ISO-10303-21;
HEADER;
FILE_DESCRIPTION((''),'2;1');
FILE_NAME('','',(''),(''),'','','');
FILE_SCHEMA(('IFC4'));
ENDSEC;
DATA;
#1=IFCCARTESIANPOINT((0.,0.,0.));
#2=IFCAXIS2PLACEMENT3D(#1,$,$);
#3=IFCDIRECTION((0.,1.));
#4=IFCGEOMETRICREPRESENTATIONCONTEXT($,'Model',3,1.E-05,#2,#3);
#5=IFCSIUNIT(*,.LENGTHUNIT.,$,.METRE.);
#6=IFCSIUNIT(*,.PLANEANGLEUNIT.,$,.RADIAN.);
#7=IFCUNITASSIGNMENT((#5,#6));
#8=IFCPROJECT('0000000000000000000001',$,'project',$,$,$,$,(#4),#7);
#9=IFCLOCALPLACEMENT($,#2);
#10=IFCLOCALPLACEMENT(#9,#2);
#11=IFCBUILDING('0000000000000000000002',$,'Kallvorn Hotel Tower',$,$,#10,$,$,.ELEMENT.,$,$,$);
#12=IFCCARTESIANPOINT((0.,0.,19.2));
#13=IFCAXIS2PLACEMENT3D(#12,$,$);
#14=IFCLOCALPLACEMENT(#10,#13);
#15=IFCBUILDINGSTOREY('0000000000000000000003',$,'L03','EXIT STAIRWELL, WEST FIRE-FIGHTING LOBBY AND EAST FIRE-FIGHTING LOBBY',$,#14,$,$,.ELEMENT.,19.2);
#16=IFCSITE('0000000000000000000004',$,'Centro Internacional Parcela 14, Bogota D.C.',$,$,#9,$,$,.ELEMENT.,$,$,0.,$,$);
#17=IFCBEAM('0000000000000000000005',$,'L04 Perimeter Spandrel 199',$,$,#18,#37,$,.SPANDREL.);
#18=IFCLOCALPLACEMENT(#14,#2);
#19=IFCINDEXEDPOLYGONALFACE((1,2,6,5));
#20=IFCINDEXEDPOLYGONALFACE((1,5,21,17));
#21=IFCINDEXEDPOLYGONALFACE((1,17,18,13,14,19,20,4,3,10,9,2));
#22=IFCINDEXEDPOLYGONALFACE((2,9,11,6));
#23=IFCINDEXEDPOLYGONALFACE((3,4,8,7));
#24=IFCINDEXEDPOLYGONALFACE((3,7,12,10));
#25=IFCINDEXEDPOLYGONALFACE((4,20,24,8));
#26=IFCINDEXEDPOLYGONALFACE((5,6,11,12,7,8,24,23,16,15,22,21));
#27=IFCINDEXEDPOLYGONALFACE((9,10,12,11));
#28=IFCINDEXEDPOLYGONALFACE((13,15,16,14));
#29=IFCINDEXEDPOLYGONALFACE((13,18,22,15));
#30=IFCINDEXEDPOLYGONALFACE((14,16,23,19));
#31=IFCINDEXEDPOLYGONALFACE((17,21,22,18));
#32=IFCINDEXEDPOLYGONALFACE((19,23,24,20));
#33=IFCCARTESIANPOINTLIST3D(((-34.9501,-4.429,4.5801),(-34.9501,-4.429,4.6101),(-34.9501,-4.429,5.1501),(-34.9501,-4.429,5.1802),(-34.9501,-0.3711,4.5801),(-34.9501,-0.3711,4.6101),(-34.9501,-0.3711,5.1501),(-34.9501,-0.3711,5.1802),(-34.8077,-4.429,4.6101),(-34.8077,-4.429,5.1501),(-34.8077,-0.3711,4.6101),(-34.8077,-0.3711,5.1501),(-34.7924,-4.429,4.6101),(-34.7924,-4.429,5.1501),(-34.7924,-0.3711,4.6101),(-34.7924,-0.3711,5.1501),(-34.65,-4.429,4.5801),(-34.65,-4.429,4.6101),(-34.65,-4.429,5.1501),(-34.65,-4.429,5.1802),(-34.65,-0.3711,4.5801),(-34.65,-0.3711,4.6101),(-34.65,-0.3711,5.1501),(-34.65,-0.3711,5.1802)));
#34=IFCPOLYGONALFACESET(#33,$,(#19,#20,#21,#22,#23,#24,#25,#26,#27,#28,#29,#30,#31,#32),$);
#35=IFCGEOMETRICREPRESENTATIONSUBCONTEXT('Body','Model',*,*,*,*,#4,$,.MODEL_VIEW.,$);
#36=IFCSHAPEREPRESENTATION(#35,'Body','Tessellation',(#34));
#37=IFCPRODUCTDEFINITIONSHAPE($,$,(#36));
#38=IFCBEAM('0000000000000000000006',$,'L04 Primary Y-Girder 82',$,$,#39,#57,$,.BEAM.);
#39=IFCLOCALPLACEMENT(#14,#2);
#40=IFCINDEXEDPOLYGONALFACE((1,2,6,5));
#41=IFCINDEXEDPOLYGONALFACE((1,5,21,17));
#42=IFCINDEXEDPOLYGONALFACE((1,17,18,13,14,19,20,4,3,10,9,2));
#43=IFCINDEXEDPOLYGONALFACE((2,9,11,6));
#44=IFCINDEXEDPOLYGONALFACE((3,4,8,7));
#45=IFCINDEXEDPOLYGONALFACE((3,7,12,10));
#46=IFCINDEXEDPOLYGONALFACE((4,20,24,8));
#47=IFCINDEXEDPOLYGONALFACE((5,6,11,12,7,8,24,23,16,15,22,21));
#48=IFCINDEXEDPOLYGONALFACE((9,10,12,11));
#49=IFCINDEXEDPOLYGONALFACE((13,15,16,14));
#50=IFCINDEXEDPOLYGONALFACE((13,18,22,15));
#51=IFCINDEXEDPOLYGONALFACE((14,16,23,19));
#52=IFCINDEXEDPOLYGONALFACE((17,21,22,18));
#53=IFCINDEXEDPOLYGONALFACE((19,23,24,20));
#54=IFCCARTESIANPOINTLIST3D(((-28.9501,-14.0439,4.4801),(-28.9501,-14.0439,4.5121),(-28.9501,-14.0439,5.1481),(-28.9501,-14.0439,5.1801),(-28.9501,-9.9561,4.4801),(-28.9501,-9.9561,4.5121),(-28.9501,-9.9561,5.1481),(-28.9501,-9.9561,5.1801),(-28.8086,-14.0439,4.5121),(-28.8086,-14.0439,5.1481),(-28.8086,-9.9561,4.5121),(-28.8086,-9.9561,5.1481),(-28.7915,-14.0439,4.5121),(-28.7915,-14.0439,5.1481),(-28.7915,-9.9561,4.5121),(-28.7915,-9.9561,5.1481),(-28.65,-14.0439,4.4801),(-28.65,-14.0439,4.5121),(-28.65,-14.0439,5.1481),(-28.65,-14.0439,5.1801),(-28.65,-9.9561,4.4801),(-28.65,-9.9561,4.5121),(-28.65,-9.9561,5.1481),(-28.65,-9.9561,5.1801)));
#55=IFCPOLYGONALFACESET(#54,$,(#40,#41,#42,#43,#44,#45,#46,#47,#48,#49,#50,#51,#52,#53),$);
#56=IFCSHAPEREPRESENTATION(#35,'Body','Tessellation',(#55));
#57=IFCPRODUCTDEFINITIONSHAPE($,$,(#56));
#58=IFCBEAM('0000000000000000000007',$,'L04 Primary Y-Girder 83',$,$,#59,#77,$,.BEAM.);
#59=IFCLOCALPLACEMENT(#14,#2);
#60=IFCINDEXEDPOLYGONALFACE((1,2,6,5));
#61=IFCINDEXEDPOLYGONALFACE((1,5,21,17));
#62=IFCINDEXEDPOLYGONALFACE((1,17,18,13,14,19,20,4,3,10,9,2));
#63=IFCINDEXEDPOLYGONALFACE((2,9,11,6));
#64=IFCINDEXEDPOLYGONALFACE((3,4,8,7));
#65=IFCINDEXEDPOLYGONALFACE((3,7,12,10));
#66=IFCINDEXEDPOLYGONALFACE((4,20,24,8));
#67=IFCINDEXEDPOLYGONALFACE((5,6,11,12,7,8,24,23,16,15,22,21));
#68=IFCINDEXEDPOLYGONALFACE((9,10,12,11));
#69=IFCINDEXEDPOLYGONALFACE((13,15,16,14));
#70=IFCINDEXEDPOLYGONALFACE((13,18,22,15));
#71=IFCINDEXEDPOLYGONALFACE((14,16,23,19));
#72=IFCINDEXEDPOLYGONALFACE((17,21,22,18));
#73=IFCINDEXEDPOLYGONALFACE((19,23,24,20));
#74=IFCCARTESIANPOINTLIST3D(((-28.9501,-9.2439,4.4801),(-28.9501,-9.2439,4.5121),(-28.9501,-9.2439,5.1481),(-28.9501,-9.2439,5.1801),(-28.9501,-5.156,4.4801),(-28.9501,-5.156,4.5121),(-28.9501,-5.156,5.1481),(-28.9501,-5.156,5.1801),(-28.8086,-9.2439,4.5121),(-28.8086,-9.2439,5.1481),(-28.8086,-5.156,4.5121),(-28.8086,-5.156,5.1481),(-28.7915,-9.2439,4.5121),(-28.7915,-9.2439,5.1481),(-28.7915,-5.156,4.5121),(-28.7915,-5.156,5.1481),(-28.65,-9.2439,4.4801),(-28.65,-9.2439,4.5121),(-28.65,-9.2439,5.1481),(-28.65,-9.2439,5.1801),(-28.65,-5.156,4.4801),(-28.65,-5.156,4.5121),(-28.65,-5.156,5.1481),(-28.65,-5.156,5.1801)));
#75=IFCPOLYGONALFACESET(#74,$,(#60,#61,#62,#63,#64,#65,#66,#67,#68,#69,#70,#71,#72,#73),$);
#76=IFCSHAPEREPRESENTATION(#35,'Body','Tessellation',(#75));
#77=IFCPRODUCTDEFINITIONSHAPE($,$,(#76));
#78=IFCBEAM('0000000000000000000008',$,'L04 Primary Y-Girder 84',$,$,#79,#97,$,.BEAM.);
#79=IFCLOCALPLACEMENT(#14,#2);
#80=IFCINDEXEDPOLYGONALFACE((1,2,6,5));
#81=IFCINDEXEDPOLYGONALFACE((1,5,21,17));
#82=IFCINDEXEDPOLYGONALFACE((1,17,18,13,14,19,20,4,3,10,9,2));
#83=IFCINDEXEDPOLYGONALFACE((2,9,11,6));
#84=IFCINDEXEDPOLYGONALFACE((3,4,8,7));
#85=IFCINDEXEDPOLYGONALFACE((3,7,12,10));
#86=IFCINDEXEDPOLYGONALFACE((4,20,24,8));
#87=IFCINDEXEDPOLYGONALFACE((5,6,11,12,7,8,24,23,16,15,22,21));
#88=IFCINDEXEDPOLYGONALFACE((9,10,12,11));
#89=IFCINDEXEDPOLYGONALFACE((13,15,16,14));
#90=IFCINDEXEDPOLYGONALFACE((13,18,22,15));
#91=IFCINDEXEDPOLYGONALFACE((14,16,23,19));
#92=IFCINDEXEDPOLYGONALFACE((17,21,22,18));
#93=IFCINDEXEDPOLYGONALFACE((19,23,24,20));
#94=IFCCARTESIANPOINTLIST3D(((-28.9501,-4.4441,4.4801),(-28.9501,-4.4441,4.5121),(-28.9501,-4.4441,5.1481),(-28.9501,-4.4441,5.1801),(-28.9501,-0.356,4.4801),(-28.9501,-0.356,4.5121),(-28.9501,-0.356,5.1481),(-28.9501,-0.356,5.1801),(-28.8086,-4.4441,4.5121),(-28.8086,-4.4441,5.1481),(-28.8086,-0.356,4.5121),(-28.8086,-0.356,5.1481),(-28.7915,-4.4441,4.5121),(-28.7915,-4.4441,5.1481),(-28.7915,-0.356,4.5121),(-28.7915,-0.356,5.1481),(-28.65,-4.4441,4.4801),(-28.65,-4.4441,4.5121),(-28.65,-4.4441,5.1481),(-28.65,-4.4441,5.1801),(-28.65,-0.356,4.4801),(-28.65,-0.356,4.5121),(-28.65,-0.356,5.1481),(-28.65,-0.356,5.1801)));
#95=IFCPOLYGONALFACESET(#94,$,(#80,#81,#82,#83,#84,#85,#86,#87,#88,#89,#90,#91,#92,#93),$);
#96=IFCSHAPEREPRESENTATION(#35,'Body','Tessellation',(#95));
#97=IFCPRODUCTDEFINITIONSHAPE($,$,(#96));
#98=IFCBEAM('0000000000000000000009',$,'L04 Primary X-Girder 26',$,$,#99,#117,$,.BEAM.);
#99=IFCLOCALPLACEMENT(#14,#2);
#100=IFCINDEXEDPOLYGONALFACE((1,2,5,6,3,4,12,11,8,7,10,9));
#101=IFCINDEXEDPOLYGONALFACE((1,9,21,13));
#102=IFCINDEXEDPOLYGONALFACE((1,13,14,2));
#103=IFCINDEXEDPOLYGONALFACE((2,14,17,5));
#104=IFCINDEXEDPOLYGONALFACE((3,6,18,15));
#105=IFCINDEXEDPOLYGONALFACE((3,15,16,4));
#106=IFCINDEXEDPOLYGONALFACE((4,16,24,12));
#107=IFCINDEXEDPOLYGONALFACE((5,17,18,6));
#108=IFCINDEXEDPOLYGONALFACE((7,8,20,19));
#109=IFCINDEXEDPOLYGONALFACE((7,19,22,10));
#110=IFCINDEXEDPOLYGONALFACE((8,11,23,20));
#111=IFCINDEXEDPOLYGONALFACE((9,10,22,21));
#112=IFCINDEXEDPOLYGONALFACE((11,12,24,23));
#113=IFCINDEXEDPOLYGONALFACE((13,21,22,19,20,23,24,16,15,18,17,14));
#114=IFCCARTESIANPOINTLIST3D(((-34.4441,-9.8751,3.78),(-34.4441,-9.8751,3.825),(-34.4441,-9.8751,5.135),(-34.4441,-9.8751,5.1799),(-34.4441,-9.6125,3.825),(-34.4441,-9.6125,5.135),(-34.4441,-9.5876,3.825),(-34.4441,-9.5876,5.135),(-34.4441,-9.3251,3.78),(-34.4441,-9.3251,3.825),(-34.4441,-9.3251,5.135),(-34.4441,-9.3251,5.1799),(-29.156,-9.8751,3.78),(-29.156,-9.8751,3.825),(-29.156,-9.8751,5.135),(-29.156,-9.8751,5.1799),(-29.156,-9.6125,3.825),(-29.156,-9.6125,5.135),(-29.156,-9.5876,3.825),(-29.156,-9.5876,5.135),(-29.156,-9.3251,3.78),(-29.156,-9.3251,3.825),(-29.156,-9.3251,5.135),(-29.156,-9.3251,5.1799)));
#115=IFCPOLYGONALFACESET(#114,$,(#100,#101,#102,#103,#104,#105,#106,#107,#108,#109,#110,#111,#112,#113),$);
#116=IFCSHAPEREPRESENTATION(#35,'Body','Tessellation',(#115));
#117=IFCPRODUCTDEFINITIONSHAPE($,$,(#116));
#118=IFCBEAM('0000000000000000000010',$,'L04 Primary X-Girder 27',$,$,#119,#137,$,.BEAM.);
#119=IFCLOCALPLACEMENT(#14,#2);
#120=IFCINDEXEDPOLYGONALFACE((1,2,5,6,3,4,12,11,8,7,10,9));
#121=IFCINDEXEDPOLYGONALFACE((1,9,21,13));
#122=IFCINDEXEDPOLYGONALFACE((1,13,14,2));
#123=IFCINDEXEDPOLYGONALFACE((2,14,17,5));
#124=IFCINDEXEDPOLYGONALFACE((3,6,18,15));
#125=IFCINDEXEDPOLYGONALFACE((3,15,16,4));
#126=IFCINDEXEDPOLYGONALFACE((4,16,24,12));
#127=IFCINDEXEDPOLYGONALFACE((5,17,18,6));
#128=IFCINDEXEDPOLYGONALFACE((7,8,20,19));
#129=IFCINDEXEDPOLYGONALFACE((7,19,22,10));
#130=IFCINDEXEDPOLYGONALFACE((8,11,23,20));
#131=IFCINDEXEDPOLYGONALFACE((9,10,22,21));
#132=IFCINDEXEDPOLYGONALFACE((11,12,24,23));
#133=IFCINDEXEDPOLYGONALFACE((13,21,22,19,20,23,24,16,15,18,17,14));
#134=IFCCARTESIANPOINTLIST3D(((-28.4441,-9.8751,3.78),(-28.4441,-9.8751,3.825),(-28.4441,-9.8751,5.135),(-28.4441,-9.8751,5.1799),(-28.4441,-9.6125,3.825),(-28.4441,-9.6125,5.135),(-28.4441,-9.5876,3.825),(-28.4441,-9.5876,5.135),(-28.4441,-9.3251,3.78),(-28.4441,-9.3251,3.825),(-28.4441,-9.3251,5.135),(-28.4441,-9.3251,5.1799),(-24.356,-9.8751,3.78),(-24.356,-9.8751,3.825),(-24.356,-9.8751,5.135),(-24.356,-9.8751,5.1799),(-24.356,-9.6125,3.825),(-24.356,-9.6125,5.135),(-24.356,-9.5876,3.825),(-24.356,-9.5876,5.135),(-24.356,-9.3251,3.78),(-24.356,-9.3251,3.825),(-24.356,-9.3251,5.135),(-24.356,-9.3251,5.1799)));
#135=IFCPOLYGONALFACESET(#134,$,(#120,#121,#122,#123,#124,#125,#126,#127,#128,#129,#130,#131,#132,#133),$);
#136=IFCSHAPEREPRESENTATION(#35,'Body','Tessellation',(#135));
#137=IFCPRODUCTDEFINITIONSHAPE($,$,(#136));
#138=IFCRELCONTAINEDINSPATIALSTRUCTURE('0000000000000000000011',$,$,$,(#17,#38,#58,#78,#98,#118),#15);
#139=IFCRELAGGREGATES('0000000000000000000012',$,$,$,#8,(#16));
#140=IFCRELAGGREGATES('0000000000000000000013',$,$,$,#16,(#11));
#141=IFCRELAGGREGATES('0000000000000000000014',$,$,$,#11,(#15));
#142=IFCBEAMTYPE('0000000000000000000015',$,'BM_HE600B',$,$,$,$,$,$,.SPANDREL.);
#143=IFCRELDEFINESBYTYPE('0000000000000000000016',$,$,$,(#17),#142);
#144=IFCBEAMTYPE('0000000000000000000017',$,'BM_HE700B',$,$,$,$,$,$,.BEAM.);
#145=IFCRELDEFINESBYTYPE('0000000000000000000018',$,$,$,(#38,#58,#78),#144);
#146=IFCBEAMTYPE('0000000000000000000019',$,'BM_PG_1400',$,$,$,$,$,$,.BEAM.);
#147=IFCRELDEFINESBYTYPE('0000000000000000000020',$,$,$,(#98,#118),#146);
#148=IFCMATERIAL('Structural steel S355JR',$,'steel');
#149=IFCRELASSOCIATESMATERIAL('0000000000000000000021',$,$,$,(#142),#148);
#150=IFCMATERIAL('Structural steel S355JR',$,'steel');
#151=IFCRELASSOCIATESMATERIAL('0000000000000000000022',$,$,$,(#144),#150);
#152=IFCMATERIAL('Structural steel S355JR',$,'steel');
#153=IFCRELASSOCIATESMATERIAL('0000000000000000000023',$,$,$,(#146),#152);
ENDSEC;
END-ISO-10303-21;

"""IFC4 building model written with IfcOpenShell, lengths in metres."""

from ifc_helpers import new_model, si_unit, direction, frame, origin, origin_2d, place, context, subcontext, project, spatial, i_section, extrude, material, material_profile, profile_set, type_object, element, save


model = new_model("IFC4")

# Units and contexts
model_context = context("Model", 3, precision=1e-05, world=origin(), true_north=direction((0.0, 1.0)))
body_context = subcontext(model_context, "Body", "Model", "MODEL_VIEW")
ifc_project = project(units=[si_unit("LENGTHUNIT", "METRE"), si_unit("PLANEANGLEUNIT", "RADIAN")], contexts=[model_context])

# Site, building, storey
site_placement = place(None, origin())
site = spatial("IfcSite", under=ifc_project, at=site_placement, Name="Centro Internacional Parcela 14, Bogota D.C.", CompositionType="ELEMENT", RefElevation=0.0)
building_placement = place(site_placement, origin())
building = spatial("IfcBuilding", under=site, at=building_placement, Name="Kallvorn Hotel Tower", CompositionType="ELEMENT")
storey_placement = place(building_placement, frame((0.0, 0.0, 19.2)))
storey = spatial("IfcBuildingStorey", under=building, at=storey_placement, Name="L03", Description="EXIT STAIRWELL, WEST FIRE-FIGHTING LOBBY AND EAST FIRE-FIGHTING LOBBY", CompositionType="ELEMENT", Elevation=19.2)

# Beams
ifc_material_1 = material(Name="Structural steel S355JR", Category="steel")
ifc_material_profile_1 = material_profile(ifc_material_1, i_section(OverallWidth=0.3, OverallDepth=0.6001, WebThickness=0.0154, FlangeThickness=0.03, at=origin_2d()), Name="HE 600 B")
ifc_profile_set_1 = profile_set([ifc_material_profile_1], Name="Structural steel S355JR")
beam_type_1 = type_object("IfcBeamType", Name="BM_HE600B", PredefinedType="SPANDREL", material=ifc_profile_set_1)
beam_1_placement = place(storey_placement, frame((-34.8, -4.429, 4.8801), z_axis=(0.0, 1.0, 0.0), x_axis=(-1.0, 0.0, 0.0)))
element("IfcBeam", 1, at=beam_1_placement, inside=storey, type_object=beam_type_1, Name="L04 Perimeter Spandrel 199", PredefinedType="SPANDREL", context=body_context, shape_type="SweptSolid", body=[
    extrude(i_section(OverallWidth=0.3, OverallDepth=0.6001, WebThickness=0.0154, FlangeThickness=0.03, at=origin_2d()), origin(), (0.0, 0.0, 1.0), 4.0579),
])
ifc_material_2 = material(Name="Structural steel S355JR", Category="steel")
ifc_material_profile_2 = material_profile(ifc_material_2, i_section(OverallWidth=0.3, OverallDepth=0.7, WebThickness=0.0171, FlangeThickness=0.032, at=origin_2d()), Name="HE 700 B")
ifc_profile_set_2 = profile_set([ifc_material_profile_2], Name="Structural steel S355JR")
beam_type_2 = type_object("IfcBeamType", Name="BM_HE700B", PredefinedType="BEAM", material=ifc_profile_set_2)
for number, where, z_axis, x_axis, name in (
    (2, (-28.8, -14.0439, 4.8301), (0.0, 1.0, 0.0), (-1.0, 0.0, 0.0), "L04 Primary Y-Girder 82"),
    (3, (-28.8, -9.2439, 4.8301), (0.0, 1.0, 0.0), (-1.0, 0.0, 0.0), "L04 Primary Y-Girder 83"),
):
    element("IfcBeam", number, at=place(storey_placement, frame(where, z_axis=z_axis, x_axis=x_axis)), inside=storey, type_object=beam_type_2, Name=name, PredefinedType="BEAM", context=body_context, shape_type="SweptSolid", body=[
        extrude(i_section(OverallWidth=0.3, OverallDepth=0.7, WebThickness=0.0171, FlangeThickness=0.032, at=origin_2d()), origin(), (0.0, 0.0, 1.0), 4.0879),
    ])
beam_2_placement = place(storey_placement, frame((-28.8, -4.4441, 4.8301), z_axis=(0.0, 1.0, 0.0), x_axis=(-1.0, 0.0, 0.0)))
element("IfcBeam", 4, at=beam_2_placement, inside=storey, type_object=beam_type_2, Name="L04 Primary Y-Girder 84", PredefinedType="BEAM", context=body_context, shape_type="SweptSolid", body=[
    extrude(i_section(OverallWidth=0.3, OverallDepth=0.7, WebThickness=0.0171, FlangeThickness=0.032, at=origin_2d()), origin(), (0.0, 0.0, 1.0), 4.0881),
])
ifc_material_3 = material(Name="Structural steel S355JR", Category="steel")
ifc_material_profile_3 = material_profile(ifc_material_3, i_section(OverallWidth=0.55, OverallDepth=1.3999, WebThickness=0.0249, FlangeThickness=0.0449, at=origin_2d()), Name="PG 1400x550x25x45")
ifc_profile_set_3 = profile_set([ifc_material_profile_3], Name="Structural steel S355JR")
beam_type_3 = type_object("IfcBeamType", Name="BM_PG_1400", PredefinedType="BEAM", material=ifc_profile_set_3)
beam_3_placement = place(storey_placement, frame((-34.4441, -9.6001, 4.48), z_axis=(1.0, 0.0, 0.0), x_axis=(0.0, 1.0, 0.0)))
element("IfcBeam", 5, at=beam_3_placement, inside=storey, type_object=beam_type_3, Name="L04 Primary X-Girder 26", PredefinedType="BEAM", context=body_context, shape_type="SweptSolid", body=[
    extrude(i_section(OverallWidth=0.55, OverallDepth=1.3999, WebThickness=0.0249, FlangeThickness=0.0449, at=origin_2d()), origin(), (0.0, 0.0, 1.0), 5.2881),
])
beam_4_placement = place(storey_placement, frame((-28.4441, -9.6001, 4.48), z_axis=(1.0, 0.0, 0.0), x_axis=(0.0, 1.0, 0.0)))
element("IfcBeam", 6, at=beam_4_placement, inside=storey, type_object=beam_type_3, Name="L04 Primary X-Girder 27", PredefinedType="BEAM", context=body_context, shape_type="SweptSolid", body=[
    extrude(i_section(OverallWidth=0.55, OverallDepth=1.3999, WebThickness=0.0249, FlangeThickness=0.0449, at=origin_2d()), origin(), (0.0, 0.0, 1.0), 4.0881),
])

save(model, "model.ifc")
